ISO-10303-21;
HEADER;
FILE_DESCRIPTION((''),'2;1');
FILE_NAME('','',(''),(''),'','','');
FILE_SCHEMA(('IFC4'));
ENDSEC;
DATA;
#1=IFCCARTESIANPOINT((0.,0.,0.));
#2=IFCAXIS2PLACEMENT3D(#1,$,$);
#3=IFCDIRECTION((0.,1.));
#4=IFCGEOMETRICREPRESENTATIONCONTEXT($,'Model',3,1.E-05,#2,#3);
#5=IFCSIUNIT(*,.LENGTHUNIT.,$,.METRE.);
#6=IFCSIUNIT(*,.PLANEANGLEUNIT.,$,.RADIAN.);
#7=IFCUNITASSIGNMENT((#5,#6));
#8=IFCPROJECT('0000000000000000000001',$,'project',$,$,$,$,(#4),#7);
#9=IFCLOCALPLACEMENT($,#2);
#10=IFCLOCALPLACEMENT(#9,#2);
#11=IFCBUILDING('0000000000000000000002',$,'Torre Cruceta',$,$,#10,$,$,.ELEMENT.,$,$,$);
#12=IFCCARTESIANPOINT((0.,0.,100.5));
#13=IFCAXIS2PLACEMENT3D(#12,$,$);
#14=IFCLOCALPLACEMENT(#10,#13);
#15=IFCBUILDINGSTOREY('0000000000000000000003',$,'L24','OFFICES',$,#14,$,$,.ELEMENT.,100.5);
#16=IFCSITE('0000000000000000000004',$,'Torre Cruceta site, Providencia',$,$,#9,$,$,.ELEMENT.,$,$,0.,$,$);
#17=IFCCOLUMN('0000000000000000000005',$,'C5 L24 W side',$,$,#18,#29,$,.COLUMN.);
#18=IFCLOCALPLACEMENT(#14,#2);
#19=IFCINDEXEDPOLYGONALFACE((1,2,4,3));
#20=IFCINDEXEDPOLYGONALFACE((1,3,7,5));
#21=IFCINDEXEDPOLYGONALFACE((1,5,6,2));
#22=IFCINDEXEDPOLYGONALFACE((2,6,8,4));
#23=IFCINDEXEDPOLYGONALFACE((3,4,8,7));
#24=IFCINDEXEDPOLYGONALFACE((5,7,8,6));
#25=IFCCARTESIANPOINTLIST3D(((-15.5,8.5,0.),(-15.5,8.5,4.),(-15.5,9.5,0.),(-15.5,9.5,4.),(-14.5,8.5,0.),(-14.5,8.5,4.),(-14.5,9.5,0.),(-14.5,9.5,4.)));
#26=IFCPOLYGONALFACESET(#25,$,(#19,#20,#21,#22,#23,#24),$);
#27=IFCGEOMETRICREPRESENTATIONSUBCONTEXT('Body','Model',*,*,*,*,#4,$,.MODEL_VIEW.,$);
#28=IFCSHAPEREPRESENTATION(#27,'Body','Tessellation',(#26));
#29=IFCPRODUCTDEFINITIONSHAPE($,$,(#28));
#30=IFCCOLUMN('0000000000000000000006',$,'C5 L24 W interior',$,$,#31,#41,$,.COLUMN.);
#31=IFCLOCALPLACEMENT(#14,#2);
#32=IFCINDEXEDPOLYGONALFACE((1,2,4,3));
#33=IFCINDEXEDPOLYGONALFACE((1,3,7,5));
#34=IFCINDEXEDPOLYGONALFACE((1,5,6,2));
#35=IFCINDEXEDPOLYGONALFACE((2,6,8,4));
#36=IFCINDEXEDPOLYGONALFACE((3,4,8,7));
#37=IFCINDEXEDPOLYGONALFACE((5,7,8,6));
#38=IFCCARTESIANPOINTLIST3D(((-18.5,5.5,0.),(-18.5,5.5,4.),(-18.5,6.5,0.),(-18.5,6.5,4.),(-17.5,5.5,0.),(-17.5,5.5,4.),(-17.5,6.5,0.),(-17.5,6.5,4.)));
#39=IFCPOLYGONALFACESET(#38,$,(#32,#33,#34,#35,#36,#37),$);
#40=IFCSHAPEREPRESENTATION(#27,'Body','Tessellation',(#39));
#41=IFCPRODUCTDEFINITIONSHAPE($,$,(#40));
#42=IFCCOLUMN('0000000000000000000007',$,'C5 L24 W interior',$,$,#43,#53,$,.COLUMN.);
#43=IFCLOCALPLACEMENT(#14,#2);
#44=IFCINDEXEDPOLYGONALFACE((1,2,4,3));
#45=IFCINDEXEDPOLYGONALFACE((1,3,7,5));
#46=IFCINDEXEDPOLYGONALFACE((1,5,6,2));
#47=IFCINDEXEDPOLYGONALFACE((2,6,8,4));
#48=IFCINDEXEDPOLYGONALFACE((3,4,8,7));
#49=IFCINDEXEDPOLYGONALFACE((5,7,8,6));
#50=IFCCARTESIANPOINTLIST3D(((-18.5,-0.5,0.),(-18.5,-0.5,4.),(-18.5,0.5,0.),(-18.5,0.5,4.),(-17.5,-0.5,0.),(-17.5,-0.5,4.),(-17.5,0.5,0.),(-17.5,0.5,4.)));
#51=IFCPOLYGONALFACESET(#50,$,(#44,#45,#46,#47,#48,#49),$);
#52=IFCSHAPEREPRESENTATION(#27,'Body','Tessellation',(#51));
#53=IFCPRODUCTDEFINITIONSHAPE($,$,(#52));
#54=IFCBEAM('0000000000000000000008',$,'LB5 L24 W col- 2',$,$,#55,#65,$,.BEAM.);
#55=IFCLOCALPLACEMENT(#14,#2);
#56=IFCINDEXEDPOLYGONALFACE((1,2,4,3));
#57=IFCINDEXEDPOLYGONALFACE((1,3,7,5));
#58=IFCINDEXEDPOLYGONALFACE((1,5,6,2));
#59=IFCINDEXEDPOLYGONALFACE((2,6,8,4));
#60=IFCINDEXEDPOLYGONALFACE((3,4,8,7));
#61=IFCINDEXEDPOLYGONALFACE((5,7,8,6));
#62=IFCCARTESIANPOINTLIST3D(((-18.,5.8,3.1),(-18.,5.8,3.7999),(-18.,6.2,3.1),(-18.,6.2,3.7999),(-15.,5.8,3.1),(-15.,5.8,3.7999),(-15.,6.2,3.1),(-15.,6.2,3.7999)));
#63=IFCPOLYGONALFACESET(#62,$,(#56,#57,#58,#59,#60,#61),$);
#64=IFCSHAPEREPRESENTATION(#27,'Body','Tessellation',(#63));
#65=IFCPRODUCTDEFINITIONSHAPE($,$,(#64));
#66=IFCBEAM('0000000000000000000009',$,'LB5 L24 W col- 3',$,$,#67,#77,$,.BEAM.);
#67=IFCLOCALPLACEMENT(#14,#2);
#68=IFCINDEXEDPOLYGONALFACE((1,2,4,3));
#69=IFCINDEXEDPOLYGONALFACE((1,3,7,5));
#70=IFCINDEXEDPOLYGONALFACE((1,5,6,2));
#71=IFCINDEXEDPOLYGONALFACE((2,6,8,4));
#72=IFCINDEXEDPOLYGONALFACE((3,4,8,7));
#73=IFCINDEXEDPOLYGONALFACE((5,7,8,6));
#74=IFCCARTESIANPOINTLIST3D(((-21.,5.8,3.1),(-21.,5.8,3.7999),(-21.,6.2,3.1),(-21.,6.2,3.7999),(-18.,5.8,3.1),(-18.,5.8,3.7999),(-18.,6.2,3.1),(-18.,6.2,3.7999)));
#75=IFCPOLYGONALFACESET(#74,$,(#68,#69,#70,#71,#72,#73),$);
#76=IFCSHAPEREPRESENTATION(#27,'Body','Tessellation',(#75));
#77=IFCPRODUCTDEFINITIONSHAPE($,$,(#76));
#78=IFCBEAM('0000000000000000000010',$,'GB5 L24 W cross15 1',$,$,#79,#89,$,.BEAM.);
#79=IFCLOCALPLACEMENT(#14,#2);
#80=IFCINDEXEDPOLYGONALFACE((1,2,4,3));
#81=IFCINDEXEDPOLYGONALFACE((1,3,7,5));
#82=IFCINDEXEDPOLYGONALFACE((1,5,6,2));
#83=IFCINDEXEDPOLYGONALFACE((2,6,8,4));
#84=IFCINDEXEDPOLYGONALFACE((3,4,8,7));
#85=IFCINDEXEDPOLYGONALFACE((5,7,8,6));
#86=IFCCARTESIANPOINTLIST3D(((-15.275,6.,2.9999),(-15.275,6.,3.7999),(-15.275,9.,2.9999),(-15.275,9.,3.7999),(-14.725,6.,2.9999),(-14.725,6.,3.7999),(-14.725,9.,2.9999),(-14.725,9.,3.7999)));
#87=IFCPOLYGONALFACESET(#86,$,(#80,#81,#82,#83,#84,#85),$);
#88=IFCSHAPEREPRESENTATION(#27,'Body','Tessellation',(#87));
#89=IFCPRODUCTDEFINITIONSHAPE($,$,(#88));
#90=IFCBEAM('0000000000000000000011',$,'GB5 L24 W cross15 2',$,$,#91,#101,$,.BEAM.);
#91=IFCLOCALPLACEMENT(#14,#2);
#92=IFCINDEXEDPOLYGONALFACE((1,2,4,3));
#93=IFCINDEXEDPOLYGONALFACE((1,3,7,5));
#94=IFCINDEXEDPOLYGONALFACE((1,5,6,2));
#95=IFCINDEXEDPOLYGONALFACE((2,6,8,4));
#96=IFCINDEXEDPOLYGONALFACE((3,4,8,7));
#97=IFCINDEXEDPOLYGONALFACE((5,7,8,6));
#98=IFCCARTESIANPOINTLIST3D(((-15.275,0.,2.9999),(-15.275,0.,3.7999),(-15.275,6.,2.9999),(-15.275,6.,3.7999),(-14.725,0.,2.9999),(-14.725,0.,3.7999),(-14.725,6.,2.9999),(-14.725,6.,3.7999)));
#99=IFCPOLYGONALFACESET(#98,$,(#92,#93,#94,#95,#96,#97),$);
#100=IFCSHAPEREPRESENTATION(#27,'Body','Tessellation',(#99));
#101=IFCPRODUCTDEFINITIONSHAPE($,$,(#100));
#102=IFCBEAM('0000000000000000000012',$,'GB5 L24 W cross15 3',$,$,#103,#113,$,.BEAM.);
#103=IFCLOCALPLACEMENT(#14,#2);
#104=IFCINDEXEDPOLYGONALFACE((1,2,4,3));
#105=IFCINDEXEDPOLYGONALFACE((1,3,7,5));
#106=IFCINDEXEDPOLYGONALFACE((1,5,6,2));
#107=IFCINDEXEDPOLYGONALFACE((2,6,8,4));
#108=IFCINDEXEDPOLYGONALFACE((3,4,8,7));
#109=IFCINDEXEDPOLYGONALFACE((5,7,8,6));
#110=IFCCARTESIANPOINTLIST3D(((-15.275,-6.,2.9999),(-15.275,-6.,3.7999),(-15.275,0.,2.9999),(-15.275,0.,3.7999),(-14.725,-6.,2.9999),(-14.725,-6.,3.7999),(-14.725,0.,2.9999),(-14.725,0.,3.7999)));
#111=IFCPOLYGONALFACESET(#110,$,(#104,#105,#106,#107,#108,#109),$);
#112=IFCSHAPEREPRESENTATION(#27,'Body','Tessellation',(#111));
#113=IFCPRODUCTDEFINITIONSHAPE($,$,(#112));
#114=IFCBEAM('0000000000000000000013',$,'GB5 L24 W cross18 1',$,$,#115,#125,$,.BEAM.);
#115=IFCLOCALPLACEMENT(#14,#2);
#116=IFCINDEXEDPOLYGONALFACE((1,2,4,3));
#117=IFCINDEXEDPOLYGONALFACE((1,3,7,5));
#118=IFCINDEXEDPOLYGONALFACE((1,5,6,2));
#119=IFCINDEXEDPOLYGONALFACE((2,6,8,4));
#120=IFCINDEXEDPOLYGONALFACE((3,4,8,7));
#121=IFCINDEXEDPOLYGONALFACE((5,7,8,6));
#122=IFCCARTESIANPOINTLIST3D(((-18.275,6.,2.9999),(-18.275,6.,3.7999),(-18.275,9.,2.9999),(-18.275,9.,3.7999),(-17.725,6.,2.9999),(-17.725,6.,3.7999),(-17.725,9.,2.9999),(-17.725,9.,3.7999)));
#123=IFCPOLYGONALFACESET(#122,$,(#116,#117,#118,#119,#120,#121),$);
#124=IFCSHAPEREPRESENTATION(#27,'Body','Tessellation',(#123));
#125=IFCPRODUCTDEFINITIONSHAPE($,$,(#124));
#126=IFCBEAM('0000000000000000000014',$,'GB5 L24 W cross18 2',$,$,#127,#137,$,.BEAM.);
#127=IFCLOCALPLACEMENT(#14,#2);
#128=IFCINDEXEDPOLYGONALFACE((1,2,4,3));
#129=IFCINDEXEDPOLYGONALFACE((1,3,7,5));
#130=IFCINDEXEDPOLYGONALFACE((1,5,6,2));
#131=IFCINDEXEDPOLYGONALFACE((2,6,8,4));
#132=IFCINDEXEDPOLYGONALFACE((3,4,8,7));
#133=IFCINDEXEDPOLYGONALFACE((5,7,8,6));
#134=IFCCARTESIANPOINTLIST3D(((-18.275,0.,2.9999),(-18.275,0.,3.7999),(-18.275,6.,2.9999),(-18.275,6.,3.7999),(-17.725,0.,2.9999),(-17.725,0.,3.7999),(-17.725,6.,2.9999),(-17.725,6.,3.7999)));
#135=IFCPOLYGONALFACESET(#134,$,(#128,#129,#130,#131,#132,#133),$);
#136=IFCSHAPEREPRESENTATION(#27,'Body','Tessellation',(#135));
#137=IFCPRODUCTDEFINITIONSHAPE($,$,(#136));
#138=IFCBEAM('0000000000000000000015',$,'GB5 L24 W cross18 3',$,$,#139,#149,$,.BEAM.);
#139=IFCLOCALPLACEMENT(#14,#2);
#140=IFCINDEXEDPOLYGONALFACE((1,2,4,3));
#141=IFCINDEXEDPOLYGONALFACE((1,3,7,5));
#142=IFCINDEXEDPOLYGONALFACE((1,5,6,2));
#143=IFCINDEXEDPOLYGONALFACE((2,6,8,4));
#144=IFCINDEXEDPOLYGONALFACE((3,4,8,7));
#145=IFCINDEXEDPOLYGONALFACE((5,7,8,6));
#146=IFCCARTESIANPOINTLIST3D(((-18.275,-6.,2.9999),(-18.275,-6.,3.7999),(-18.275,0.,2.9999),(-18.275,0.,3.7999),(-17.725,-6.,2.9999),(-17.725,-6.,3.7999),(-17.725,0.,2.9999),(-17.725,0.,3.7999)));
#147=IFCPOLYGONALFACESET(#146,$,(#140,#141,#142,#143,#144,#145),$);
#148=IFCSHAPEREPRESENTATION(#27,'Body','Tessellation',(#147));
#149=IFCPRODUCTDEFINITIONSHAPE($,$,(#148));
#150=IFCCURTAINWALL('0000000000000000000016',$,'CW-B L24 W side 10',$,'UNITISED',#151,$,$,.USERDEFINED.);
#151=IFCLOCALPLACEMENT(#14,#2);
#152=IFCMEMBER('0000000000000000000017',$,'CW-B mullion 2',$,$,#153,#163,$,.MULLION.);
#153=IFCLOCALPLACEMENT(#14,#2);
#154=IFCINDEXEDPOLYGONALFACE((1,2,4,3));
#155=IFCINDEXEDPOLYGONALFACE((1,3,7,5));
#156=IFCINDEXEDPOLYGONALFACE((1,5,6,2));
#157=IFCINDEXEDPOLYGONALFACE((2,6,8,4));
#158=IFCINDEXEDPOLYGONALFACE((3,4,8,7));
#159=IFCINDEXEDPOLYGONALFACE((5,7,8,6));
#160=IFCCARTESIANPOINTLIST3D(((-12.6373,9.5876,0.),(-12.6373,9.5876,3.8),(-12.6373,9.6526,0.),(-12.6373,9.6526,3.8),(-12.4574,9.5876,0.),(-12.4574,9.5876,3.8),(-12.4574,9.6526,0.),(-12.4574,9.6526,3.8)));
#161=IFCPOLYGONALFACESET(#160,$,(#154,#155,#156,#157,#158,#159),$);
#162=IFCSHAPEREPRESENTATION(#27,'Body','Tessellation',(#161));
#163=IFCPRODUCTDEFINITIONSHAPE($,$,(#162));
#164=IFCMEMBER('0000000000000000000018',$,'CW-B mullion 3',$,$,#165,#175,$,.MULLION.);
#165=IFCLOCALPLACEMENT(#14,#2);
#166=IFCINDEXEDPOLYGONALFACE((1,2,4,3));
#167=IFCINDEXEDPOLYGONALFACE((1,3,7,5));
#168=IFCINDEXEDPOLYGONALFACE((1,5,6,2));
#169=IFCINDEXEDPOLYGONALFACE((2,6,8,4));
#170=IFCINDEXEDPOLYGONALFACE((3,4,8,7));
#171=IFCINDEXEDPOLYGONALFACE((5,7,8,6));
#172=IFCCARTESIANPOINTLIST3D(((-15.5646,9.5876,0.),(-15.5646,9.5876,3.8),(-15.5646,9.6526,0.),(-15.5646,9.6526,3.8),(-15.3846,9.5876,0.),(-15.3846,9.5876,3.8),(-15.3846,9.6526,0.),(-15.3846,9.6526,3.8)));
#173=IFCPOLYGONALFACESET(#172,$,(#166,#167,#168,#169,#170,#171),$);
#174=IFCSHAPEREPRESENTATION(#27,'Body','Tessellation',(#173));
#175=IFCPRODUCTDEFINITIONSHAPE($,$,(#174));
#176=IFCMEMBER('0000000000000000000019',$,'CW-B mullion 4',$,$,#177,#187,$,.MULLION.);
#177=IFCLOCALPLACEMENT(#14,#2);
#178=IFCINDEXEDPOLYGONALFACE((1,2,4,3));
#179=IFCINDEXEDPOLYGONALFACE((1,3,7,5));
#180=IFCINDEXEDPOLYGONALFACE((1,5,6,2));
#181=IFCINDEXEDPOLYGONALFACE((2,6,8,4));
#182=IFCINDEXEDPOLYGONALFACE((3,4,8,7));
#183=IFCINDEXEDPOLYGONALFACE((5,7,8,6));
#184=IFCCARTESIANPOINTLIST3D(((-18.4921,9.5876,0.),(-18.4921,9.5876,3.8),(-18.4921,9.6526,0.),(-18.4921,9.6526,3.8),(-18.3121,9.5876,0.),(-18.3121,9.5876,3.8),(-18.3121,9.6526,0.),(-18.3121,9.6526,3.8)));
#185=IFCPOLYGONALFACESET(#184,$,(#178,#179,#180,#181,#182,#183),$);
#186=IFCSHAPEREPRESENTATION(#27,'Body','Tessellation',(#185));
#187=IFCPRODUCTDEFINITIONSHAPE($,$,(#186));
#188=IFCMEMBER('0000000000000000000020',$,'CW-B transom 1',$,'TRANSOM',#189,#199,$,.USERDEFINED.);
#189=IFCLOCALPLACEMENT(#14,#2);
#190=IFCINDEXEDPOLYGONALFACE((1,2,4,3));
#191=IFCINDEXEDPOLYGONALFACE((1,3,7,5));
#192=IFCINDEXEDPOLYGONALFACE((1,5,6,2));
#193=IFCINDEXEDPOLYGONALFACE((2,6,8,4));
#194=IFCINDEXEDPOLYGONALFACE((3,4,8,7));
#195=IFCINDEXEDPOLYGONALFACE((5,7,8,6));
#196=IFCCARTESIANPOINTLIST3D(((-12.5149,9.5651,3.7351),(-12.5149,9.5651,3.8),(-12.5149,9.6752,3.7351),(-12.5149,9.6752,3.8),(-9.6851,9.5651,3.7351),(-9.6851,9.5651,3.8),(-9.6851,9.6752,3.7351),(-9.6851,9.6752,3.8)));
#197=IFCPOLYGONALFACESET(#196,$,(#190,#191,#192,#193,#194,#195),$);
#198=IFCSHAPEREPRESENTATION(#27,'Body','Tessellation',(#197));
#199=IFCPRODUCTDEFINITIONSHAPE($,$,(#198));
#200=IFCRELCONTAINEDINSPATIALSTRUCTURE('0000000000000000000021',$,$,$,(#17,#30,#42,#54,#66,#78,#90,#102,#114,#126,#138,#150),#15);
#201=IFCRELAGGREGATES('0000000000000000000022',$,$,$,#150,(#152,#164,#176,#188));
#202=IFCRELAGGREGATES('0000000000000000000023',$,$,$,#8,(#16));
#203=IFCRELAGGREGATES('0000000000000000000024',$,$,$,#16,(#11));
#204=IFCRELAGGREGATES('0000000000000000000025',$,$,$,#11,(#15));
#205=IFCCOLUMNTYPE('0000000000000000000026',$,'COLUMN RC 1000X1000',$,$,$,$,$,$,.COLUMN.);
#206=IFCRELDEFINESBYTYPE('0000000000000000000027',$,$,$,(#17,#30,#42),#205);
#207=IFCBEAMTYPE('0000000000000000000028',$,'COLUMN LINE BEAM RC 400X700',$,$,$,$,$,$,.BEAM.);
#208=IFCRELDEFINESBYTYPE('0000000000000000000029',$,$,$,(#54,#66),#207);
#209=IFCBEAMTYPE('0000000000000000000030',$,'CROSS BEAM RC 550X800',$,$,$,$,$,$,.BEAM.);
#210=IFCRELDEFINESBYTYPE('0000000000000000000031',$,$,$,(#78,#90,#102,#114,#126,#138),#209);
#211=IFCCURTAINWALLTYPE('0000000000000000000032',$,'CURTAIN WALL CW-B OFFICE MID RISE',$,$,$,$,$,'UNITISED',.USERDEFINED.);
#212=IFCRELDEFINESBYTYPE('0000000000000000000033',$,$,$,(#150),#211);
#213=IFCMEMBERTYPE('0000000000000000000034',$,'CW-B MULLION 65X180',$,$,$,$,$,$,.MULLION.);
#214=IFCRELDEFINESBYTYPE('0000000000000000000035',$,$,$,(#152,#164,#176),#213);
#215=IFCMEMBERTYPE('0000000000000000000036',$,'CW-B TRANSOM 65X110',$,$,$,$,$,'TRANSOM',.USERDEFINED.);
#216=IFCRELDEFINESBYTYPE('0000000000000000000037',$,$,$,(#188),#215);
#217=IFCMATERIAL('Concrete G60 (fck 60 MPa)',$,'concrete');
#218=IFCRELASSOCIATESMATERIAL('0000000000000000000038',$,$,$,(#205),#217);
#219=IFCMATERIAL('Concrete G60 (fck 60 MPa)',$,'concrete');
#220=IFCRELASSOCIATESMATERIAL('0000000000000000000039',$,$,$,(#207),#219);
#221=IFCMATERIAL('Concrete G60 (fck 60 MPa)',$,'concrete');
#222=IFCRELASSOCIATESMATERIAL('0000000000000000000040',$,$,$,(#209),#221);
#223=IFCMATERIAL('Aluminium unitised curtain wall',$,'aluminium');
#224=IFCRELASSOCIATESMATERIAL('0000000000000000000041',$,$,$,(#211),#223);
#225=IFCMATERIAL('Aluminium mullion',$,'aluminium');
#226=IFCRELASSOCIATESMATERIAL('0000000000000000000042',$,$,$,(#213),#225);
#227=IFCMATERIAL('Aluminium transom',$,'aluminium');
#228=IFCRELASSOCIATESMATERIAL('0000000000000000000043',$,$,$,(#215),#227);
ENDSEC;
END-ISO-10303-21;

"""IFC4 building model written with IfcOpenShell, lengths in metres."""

from ifc_helpers import new_model, si_unit, direction, frame, origin, origin_2d, place, context, subcontext, project, spatial, rectangle, extrude, material, material_profile, profile_set, type_object, element, aggregate, save


model = new_model("IFC4")

# Units and contexts
model_context = context("Model", 3, precision=1e-05, world=origin(), true_north=direction((0.0, 1.0)))
body_context = subcontext(model_context, "Body", "Model", "MODEL_VIEW")
ifc_project = project(units=[si_unit("LENGTHUNIT", "METRE"), si_unit("PLANEANGLEUNIT", "RADIAN")], contexts=[model_context])

# Site, building, storey
site_placement = place(None, origin())
site = spatial("IfcSite", under=ifc_project, at=site_placement, Name="Torre Cruceta site, Providencia", CompositionType="ELEMENT", RefElevation=0.0)
building_placement = place(site_placement, origin())
building = spatial("IfcBuilding", under=site, at=building_placement, Name="Torre Cruceta", CompositionType="ELEMENT")
storey_placement = place(building_placement, frame((0.0, 0.0, 100.5)))
storey = spatial("IfcBuildingStorey", under=building, at=storey_placement, Name="L24", Description="OFFICES", CompositionType="ELEMENT", Elevation=100.5)

# Columns
ifc_material_1 = material(Name="Concrete G60 (fck 60 MPa)", Category="concrete")
ifc_material_profile_1 = material_profile(ifc_material_1, rectangle(XDim=1.0, YDim=1.0, at=origin_2d()), Name="RC 1000X1000")
ifc_profile_set_1 = profile_set([ifc_material_profile_1], Name="Concrete G60 (fck 60 MPa)")
column_type = type_object("IfcColumnType", Name="COLUMN RC 1000X1000", PredefinedType="COLUMN", material=ifc_profile_set_1)
for number, where, z_axis, x_axis, name in (
    (1, (-15.0, 9.0, 0.0), (0.0, 0.0, 1.0), (1.0, 0.0, 0.0), "C5 L24 W side"),
    (2, (-18.0, 6.0, 0.0), (0.0, 0.0, 1.0), (1.0, 0.0, 0.0), "C5 L24 W interior"),
    (3, (-18.0, 0.0, 0.0), (0.0, 0.0, 1.0), (1.0, 0.0, 0.0), "C5 L24 W interior"),
):
    element("IfcColumn", number, at=place(storey_placement, frame(where, z_axis=z_axis, x_axis=x_axis)), inside=storey, type_object=column_type, Name=name, PredefinedType="COLUMN", context=body_context, shape_type="SweptSolid", body=[
        extrude(rectangle(XDim=1.0, YDim=1.0, at=origin_2d()), origin(), (0.0, 0.0, 1.0), 4.0),
    ])

# Beams
ifc_material_2 = material(Name="Concrete G60 (fck 60 MPa)", Category="concrete")
ifc_material_profile_2 = material_profile(ifc_material_2, rectangle(XDim=0.3999, YDim=0.7, at=origin_2d()), Name="RC 400X700")
ifc_profile_set_2 = profile_set([ifc_material_profile_2], Name="Concrete G60 (fck 60 MPa)")
beam_type_1 = type_object("IfcBeamType", Name="COLUMN LINE BEAM RC 400X700", PredefinedType="BEAM", material=ifc_profile_set_2)
for number, where, z_axis, x_axis, name in (
    (4, (-15.0, 6.0, 3.45), (-1.0, 0.0, 0.0), (0.0, -1.0, 0.0), "LB5 L24 W col- 2"),
    (5, (-18.0, 6.0, 3.45), (-1.0, 0.0, 0.0), (0.0, -1.0, 0.0), "LB5 L24 W col- 3"),
):
    element("IfcBeam", number, at=place(storey_placement, frame(where, z_axis=z_axis, x_axis=x_axis)), inside=storey, type_object=beam_type_1, Name=name, PredefinedType="BEAM", context=body_context, shape_type="SweptSolid", body=[
        extrude(rectangle(XDim=0.3999, YDim=0.7, at=origin_2d()), origin(), (0.0, 0.0, 1.0), 3.0),
    ])
ifc_material_3 = material(Name="Concrete G60 (fck 60 MPa)", Category="concrete")
ifc_material_profile_3 = material_profile(ifc_material_3, rectangle(XDim=0.55, YDim=0.8, at=origin_2d()), Name="RC 550X800")
ifc_profile_set_3 = profile_set([ifc_material_profile_3], Name="Concrete G60 (fck 60 MPa)")
beam_type_2 = type_object("IfcBeamType", Name="CROSS BEAM RC 550X800", PredefinedType="BEAM", material=ifc_profile_set_3)
beam_1_placement = place(storey_placement, frame((-15.0, 9.0, 3.3999), z_axis=(0.0, -1.0, 0.0), x_axis=(1.0, 0.0, 0.0)))
element("IfcBeam", 6, at=beam_1_placement, inside=storey, type_object=beam_type_2, Name="GB5 L24 W cross15 1", PredefinedType="BEAM", context=body_context, shape_type="SweptSolid", body=[
    extrude(rectangle(XDim=0.55, YDim=0.8, at=origin_2d()), origin(), (0.0, 0.0, 1.0), 3.0),
])
for number, where, z_axis, x_axis, name in (
    (7, (-15.0, 6.0, 3.3999), (0.0, -1.0, 0.0), (1.0, 0.0, 0.0), "GB5 L24 W cross15 2"),
    (8, (-15.0, 0.0, 3.3999), (0.0, -1.0, 0.0), (1.0, 0.0, 0.0), "GB5 L24 W cross15 3"),
):
    element("IfcBeam", number, at=place(storey_placement, frame(where, z_axis=z_axis, x_axis=x_axis)), inside=storey, type_object=beam_type_2, Name=name, PredefinedType="BEAM", context=body_context, shape_type="SweptSolid", body=[
        extrude(rectangle(XDim=0.55, YDim=0.8, at=origin_2d()), origin(), (0.0, 0.0, 1.0), 6.0),
    ])
beam_2_placement = place(storey_placement, frame((-18.0, 9.0, 3.3999), z_axis=(0.0, -1.0, 0.0), x_axis=(1.0, 0.0, 0.0)))
element("IfcBeam", 9, at=beam_2_placement, inside=storey, type_object=beam_type_2, Name="GB5 L24 W cross18 1", PredefinedType="BEAM", context=body_context, shape_type="SweptSolid", body=[
    extrude(rectangle(XDim=0.55, YDim=0.8, at=origin_2d()), origin(), (0.0, 0.0, 1.0), 3.0),
])
for number, where, z_axis, x_axis, name in (
    (10, (-18.0, 6.0, 3.3999), (0.0, -1.0, 0.0), (1.0, 0.0, 0.0), "GB5 L24 W cross18 2"),
    (11, (-18.0, 0.0, 3.3999), (0.0, -1.0, 0.0), (1.0, 0.0, 0.0), "GB5 L24 W cross18 3"),
):
    element("IfcBeam", number, at=place(storey_placement, frame(where, z_axis=z_axis, x_axis=x_axis)), inside=storey, type_object=beam_type_2, Name=name, PredefinedType="BEAM", context=body_context, shape_type="SweptSolid", body=[
        extrude(rectangle(XDim=0.55, YDim=0.8, at=origin_2d()), origin(), (0.0, 0.0, 1.0), 6.0),
    ])

# Curtain wall, members
ifc_material_4 = material(Name="Aluminium unitised curtain wall", Category="aluminium")
curtain_wall_type = type_object("IfcCurtainWallType", Name="CURTAIN WALL CW-B OFFICE MID RISE", ElementType="UNITISED", PredefinedType="USERDEFINED", material=ifc_material_4)
curtain_wall_placement = place(storey_placement, origin())
curtain_wall = element("IfcCurtainWall", 12, at=curtain_wall_placement, inside=storey, type_object=curtain_wall_type, Name="CW-B L24 W side 10", ObjectType="UNITISED", PredefinedType="USERDEFINED")
ifc_material_5 = material(Name="Aluminium mullion", Category="aluminium")
ifc_material_profile_4 = material_profile(ifc_material_5, rectangle(XDim=0.0649, YDim=0.1799, at=origin_2d()), Name="AL 65X180")
ifc_profile_set_4 = profile_set([ifc_material_profile_4], Name="Aluminium mullion")
member_type_1 = type_object("IfcMemberType", Name="CW-B MULLION 65X180", PredefinedType="MULLION", material=ifc_profile_set_4)
member_1_placement = place(storey_placement, frame((-12.5474, 9.6201, 0.0), z_axis=(0.0, 0.0, 1.0), x_axis=(0.0, -1.0, 0.0)))
member_1 = element("IfcMember", 13, at=member_1_placement, type_object=member_type_1, Name="CW-B mullion 2", PredefinedType="MULLION", context=body_context, shape_type="SweptSolid", body=[
    extrude(rectangle(XDim=0.0649, YDim=0.1799, at=origin_2d()), origin(), (0.0, 0.0, 1.0), 3.8),
])
member_2_placement = place(storey_placement, frame((-15.4746, 9.6201, 0.0), z_axis=(0.0, 0.0, 1.0), x_axis=(0.0, -1.0, 0.0)))
member_2 = element("IfcMember", 14, at=member_2_placement, type_object=member_type_1, Name="CW-B mullion 3", PredefinedType="MULLION", context=body_context, shape_type="SweptSolid", body=[
    extrude(rectangle(XDim=0.0649, YDim=0.1799, at=origin_2d()), origin(), (0.0, 0.0, 1.0), 3.8),
])
member_3_placement = place(storey_placement, frame((-18.4021, 9.6201, 0.0), z_axis=(0.0, 0.0, 1.0), x_axis=(0.0, -1.0, 0.0)))
member_3 = element("IfcMember", 15, at=member_3_placement, type_object=member_type_1, Name="CW-B mullion 4", PredefinedType="MULLION", context=body_context, shape_type="SweptSolid", body=[
    extrude(rectangle(XDim=0.0649, YDim=0.1799, at=origin_2d()), origin(), (0.0, 0.0, 1.0), 3.8),
])
ifc_material_6 = material(Name="Aluminium transom", Category="aluminium")
ifc_material_profile_5 = material_profile(ifc_material_6, rectangle(XDim=0.1101, YDim=0.0649, at=origin_2d()), Name="AL 110X65")
ifc_profile_set_5 = profile_set([ifc_material_profile_5], Name="Aluminium transom")
member_type_2 = type_object("IfcMemberType", Name="CW-B TRANSOM 65X110", ElementType="TRANSOM", PredefinedType="USERDEFINED", material=ifc_profile_set_5)
member_4_placement = place(storey_placement, frame((-9.6851, 9.6201, 3.7676), z_axis=(-1.0, 0.0, 0.0), x_axis=(0.0, -1.0, 0.0)))
member_4 = element("IfcMember", 16, at=member_4_placement, type_object=member_type_2, Name="CW-B transom 1", ObjectType="TRANSOM", PredefinedType="USERDEFINED", context=body_context, shape_type="SweptSolid", body=[
    extrude(rectangle(XDim=0.1101, YDim=0.0649, at=origin_2d()), origin(), (0.0, 0.0, 1.0), 2.8298),
])

aggregate(curtain_wall, [member_1, member_2, member_3, member_4])

save(model, "model.ifc")
